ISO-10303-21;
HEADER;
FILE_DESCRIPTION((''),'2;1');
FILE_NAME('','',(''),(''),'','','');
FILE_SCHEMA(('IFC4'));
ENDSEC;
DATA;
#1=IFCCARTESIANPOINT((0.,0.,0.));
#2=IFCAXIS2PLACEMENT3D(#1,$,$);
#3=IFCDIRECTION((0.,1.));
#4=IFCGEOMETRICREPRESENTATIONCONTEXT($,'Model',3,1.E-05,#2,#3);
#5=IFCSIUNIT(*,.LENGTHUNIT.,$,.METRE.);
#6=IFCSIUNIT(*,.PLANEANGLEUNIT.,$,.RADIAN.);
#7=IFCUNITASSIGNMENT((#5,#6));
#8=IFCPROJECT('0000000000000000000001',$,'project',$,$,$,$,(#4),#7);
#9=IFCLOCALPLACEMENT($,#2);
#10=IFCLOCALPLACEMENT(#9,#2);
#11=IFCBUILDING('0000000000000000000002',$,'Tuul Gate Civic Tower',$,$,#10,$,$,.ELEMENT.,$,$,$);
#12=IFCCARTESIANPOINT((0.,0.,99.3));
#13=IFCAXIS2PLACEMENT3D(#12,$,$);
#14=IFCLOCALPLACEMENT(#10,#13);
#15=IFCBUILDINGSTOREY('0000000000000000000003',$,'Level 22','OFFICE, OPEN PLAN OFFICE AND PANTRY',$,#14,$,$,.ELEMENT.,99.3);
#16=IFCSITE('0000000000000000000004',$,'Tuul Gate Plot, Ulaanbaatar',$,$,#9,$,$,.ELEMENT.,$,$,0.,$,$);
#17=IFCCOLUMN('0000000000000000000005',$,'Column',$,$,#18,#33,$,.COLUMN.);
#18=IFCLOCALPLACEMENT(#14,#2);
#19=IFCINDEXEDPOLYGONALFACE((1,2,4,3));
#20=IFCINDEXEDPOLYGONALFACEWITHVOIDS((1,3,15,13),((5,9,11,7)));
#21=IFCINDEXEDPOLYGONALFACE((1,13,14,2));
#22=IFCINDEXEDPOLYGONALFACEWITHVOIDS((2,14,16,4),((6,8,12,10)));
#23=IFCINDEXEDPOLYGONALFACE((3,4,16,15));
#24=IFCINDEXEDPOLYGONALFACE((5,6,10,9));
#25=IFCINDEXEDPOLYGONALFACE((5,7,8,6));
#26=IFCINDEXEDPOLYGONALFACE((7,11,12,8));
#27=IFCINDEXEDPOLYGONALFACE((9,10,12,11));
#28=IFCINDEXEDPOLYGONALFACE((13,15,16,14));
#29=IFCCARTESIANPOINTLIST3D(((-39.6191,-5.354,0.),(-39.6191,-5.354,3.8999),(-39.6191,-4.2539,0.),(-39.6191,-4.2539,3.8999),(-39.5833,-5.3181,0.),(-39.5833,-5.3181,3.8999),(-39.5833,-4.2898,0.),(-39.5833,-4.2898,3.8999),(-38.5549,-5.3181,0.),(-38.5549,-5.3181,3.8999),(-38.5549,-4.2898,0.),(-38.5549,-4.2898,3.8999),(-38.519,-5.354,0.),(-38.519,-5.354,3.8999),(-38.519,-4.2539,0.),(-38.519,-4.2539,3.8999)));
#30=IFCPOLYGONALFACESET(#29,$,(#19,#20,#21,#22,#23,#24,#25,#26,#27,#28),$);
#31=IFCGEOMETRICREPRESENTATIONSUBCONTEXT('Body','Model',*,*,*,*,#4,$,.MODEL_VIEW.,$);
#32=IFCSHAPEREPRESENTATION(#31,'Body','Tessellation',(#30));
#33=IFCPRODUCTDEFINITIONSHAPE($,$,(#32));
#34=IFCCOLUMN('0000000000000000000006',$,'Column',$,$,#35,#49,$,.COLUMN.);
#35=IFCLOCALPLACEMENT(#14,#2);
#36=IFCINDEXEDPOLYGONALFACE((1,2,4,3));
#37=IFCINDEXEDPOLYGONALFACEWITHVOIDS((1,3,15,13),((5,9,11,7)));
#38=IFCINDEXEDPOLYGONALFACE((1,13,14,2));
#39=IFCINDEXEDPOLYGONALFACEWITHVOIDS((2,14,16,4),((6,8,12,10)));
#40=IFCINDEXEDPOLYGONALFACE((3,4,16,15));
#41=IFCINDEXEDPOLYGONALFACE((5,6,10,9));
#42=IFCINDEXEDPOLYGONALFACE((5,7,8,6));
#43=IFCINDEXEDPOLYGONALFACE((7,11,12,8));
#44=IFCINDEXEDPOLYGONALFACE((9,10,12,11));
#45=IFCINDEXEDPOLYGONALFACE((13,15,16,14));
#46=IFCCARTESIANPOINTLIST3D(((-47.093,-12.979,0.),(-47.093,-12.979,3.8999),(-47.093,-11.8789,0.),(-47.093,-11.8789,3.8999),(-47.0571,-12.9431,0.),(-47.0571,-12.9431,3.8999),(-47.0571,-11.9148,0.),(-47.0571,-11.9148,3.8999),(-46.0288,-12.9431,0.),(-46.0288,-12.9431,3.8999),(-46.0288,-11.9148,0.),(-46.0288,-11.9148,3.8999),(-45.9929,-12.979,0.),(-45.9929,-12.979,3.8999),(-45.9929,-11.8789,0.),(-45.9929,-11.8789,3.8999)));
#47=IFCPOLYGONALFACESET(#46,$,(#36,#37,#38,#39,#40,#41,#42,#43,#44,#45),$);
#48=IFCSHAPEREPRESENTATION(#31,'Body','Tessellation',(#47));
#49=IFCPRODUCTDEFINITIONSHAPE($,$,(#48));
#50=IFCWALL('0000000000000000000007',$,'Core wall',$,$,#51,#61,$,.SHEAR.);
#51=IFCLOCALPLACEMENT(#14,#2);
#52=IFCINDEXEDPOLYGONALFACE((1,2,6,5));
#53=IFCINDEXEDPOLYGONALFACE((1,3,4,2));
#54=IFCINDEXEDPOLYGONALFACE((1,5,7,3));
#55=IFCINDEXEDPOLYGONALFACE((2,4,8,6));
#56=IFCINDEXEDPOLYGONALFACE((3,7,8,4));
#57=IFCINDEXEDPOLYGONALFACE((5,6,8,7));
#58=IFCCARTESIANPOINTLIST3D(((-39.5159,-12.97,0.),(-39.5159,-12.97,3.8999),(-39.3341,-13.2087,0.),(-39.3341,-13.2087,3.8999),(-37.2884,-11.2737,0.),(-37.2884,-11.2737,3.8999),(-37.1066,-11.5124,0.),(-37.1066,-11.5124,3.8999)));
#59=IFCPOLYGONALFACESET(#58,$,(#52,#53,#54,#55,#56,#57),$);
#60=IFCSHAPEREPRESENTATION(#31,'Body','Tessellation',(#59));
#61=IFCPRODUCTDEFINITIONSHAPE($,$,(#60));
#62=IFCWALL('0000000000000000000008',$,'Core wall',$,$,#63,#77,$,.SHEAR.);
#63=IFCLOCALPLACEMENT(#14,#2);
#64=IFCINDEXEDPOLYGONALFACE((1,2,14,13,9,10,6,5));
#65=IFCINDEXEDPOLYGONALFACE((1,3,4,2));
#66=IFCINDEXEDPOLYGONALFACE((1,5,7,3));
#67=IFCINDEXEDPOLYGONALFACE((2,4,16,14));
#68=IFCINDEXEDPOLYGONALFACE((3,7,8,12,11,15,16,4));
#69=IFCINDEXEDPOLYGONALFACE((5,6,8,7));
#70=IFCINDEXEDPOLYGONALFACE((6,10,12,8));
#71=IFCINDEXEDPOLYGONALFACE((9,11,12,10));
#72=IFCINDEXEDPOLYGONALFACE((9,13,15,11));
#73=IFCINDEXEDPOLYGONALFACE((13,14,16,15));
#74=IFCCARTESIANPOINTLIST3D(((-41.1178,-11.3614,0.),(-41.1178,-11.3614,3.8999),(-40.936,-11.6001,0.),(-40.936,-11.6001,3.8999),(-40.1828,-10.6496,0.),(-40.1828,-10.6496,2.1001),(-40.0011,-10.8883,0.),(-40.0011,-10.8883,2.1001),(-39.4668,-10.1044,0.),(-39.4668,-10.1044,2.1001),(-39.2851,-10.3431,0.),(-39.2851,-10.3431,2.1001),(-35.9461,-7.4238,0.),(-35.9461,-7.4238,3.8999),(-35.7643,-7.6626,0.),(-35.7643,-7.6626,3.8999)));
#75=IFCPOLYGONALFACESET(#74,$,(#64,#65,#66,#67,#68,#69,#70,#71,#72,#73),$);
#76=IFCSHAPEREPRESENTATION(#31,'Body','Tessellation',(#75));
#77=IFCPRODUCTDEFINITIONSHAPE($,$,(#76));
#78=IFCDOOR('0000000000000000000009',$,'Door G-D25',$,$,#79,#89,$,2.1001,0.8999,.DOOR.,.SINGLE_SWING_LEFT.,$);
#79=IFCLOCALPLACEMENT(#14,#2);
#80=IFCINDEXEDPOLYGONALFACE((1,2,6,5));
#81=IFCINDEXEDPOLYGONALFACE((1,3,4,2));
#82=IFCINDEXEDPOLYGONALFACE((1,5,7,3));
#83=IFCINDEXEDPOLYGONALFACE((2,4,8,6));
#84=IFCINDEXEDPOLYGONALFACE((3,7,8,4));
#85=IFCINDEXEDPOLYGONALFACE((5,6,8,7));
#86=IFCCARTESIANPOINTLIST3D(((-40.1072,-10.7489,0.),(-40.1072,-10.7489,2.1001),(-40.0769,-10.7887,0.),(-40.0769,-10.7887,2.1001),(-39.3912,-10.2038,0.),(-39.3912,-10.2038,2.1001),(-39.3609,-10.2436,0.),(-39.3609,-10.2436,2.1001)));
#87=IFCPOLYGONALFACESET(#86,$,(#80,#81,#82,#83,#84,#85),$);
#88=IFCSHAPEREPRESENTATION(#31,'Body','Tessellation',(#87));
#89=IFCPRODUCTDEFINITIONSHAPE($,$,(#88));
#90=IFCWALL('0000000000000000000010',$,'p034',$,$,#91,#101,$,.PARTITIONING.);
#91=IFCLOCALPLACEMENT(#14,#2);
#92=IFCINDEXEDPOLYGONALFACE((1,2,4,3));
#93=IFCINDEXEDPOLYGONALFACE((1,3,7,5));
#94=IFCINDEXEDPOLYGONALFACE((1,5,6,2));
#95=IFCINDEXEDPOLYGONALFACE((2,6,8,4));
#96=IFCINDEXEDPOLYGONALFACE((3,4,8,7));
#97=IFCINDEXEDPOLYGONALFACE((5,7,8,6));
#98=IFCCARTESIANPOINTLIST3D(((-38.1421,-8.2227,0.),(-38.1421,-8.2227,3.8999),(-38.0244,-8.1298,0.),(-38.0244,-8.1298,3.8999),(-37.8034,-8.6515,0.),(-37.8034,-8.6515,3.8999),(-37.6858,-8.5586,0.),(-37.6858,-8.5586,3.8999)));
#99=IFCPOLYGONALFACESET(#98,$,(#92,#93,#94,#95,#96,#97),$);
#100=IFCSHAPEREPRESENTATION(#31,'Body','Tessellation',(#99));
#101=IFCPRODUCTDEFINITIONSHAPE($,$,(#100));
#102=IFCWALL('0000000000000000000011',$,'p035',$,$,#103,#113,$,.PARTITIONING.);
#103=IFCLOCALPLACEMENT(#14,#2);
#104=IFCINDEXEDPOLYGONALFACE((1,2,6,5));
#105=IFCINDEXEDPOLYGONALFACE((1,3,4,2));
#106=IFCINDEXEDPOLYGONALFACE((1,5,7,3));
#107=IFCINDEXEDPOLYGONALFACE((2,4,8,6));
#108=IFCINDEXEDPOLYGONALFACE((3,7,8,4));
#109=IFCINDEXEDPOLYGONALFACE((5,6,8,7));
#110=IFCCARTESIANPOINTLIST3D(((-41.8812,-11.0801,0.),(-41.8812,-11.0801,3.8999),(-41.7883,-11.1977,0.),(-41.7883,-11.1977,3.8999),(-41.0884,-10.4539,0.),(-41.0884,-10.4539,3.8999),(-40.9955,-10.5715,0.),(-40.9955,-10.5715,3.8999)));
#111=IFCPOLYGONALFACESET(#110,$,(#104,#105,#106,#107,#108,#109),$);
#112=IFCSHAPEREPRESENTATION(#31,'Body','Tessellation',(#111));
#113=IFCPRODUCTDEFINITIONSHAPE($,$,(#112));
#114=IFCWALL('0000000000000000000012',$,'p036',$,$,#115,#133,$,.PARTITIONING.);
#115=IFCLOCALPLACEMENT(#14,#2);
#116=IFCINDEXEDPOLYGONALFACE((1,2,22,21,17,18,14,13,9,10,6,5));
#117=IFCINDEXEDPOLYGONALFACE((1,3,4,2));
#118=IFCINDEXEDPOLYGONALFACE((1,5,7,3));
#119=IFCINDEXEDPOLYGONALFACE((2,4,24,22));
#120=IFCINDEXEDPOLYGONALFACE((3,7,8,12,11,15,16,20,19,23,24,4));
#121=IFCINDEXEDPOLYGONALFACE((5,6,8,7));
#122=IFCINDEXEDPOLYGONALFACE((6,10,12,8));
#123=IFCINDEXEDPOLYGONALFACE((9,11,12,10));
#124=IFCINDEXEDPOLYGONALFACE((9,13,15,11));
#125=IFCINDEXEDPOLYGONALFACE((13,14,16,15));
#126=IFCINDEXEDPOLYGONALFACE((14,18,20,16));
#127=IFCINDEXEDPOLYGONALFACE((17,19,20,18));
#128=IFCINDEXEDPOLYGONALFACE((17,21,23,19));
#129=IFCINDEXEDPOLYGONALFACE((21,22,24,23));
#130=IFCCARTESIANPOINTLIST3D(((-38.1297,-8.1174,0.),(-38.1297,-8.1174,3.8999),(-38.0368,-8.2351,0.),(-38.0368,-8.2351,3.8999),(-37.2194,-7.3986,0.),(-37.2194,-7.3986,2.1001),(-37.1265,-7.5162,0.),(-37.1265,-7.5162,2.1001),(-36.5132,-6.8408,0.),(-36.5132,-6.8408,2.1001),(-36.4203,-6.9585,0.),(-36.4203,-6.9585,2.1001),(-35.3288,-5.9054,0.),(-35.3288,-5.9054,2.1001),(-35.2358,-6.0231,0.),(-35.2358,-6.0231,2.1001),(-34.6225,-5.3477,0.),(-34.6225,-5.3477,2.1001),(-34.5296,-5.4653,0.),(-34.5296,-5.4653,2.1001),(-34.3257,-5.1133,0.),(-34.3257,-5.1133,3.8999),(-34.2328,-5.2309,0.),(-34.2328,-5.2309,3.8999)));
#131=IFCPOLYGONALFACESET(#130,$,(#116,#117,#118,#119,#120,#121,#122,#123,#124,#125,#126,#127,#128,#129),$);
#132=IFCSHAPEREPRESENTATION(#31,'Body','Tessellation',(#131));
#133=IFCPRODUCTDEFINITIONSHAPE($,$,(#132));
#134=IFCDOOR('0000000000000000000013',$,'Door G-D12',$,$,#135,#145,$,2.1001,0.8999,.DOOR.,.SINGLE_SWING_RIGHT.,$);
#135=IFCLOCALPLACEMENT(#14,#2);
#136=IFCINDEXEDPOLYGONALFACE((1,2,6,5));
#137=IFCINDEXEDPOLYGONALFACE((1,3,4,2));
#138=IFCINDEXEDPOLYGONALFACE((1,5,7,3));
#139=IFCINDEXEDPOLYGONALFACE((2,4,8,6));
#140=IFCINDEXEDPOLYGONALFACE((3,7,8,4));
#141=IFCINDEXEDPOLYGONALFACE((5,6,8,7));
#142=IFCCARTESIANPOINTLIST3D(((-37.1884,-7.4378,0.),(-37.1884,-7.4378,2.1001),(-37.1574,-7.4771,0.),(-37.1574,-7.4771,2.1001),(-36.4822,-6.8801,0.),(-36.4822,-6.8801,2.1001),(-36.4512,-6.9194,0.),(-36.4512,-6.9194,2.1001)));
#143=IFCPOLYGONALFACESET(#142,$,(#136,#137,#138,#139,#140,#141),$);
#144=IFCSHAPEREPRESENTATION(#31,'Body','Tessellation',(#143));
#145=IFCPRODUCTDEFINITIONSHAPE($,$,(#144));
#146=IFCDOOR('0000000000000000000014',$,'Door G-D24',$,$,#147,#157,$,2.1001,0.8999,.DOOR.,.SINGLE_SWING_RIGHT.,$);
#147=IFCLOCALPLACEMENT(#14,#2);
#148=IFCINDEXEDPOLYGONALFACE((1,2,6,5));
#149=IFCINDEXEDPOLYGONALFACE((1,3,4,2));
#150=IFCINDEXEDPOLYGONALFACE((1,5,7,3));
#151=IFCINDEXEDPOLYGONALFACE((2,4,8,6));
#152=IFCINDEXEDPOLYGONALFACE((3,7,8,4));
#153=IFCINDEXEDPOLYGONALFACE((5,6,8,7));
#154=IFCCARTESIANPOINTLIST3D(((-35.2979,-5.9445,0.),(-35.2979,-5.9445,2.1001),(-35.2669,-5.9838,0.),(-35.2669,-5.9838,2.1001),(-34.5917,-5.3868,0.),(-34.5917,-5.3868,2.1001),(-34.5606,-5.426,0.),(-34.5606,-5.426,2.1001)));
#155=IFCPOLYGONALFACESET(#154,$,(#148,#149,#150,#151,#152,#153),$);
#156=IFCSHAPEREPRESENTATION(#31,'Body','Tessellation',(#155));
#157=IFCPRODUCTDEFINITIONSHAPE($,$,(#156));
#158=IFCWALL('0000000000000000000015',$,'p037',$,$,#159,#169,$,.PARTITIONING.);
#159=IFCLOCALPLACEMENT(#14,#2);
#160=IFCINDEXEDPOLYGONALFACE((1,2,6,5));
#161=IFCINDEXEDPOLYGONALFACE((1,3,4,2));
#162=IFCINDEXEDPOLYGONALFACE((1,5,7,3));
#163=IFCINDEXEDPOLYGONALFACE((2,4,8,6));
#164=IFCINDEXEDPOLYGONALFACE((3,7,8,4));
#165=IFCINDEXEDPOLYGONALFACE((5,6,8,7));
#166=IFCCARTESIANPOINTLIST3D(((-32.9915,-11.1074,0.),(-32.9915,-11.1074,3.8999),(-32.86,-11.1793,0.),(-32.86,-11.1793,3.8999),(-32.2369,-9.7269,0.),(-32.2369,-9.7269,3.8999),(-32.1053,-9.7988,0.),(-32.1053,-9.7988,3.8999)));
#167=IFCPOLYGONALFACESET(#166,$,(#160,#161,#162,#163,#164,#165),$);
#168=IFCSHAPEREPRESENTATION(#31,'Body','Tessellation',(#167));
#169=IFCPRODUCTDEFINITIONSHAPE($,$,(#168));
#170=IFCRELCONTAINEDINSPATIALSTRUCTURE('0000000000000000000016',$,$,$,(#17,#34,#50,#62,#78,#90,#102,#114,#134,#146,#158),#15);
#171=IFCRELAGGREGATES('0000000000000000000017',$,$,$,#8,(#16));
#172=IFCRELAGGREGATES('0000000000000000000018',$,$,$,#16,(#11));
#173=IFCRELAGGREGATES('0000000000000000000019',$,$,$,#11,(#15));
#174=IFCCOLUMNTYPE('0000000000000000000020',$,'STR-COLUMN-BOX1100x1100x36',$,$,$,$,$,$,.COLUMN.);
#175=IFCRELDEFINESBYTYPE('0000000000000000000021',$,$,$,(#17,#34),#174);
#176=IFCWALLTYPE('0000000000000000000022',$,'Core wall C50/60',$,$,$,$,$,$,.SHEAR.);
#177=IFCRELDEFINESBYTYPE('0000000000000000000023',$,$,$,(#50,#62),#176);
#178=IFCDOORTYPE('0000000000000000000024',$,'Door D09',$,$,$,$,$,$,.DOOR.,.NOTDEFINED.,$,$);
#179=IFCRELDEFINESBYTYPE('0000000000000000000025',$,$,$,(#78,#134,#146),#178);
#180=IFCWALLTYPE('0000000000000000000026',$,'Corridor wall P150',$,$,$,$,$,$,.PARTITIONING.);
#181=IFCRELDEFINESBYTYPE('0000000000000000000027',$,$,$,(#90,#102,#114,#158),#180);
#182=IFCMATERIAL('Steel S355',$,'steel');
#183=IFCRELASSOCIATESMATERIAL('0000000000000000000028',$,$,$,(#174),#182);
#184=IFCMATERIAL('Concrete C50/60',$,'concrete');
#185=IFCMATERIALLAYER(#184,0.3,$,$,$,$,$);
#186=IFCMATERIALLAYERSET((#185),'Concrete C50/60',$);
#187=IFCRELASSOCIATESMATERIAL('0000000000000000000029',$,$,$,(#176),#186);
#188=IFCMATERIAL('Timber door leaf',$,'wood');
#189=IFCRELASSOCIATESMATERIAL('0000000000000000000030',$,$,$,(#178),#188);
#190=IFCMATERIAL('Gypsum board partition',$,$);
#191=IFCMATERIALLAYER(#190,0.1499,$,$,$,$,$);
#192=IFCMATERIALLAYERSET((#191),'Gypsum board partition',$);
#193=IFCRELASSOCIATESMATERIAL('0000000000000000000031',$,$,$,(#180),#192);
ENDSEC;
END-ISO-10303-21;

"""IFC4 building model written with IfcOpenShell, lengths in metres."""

from ifc_helpers import new_model, si_unit, direction, frame, frame_2d, origin, origin_2d, place, context, subcontext, project, spatial, rectangle, hollow_rectangle, extrude, material, layer, layer_set, material_profile, profile_set, type_object, element, fill, save


model = new_model("IFC4")

# Units and contexts
model_context = context("Model", 3, precision=1e-05, world=origin(), true_north=direction((0.0, 1.0)))
body_context = subcontext(model_context, "Body", "Model", "MODEL_VIEW")
ifc_project = project(units=[si_unit("LENGTHUNIT", "METRE"), si_unit("PLANEANGLEUNIT", "RADIAN")], contexts=[model_context])

# Site, building, storey
site_placement = place(None, origin())
site = spatial("IfcSite", under=ifc_project, at=site_placement, Name="Tuul Gate Plot, Ulaanbaatar", CompositionType="ELEMENT", RefElevation=0.0)
building_placement = place(site_placement, origin())
building = spatial("IfcBuilding", under=site, at=building_placement, Name="Tuul Gate Civic Tower", CompositionType="ELEMENT")
storey_placement = place(building_placement, frame((0.0, 0.0, 99.3)))
storey = spatial("IfcBuildingStorey", under=building, at=storey_placement, Name="Level 22", Description="OFFICE, OPEN PLAN OFFICE AND PANTRY", CompositionType="ELEMENT", Elevation=99.3)

# Columns
ifc_material_1 = material(Name="Steel S355", Category="steel")
ifc_material_profile_1 = material_profile(ifc_material_1, hollow_rectangle(XDim=1.1001, YDim=1.1001, WallThickness=0.0359, at=origin_2d()), Name="BOX1100x1100x36")
ifc_profile_set_1 = profile_set([ifc_material_profile_1], Name="Steel S355")
column_type = type_object("IfcColumnType", Name="STR-COLUMN-BOX1100x1100x36", PredefinedType="COLUMN", material=ifc_profile_set_1)
for number, where, z_axis, x_axis, name in (
    (1, (-39.0691, -4.804, 0.0), (0.0, 0.0, 1.0), (1.0, 0.0, 0.0), "Column"),
    (2, (-46.543, -12.429, 0.0), (0.0, 0.0, 1.0), (1.0, 0.0, 0.0), "Column"),
):
    element("IfcColumn", number, at=place(storey_placement, frame(where, z_axis=z_axis, x_axis=x_axis)), inside=storey, type_object=column_type, Name=name, PredefinedType="COLUMN", context=body_context, shape_type="SweptSolid", body=[
        extrude(hollow_rectangle(XDim=1.1001, YDim=1.1001, WallThickness=0.0359, at=origin_2d()), origin(), (0.0, 0.0, 1.0), 3.8999),
    ])

# Wall
ifc_material_2 = material(Name="Concrete C50/60", Category="concrete")
ifc_layer_1 = layer(ifc_material_2, 0.3)
ifc_layer_set_1 = layer_set([ifc_layer_1], Name="Concrete C50/60")
wall_type_1 = type_object("IfcWallType", Name="Core wall C50/60", PredefinedType="SHEAR", material=ifc_layer_set_1)
wall_1_placement = place(storey_placement, frame((-37.1975, -11.3931, 0.0), z_axis=(0.0, 0.0, 1.0), x_axis=(-0.795584, -0.605844, 0.0)))
element("IfcWall", 3, at=wall_1_placement, inside=storey, type_object=wall_type_1, Name="Core wall", PredefinedType="SHEAR", context=body_context, shape_type="SweptSolid", body=[
    extrude(rectangle(XDim=2.7998, YDim=0.3, at=frame_2d((1.3999, 0.0))), origin(), (0.0, 0.0, 1.0), 3.8999),
])

# Wall, opening, door
wall_2_placement = place(storey_placement, frame((-35.8552, -7.5432, 0.0), z_axis=(0.0, 0.0, 1.0), x_axis=(-0.795639, -0.605772, 0.0)))
wall_2 = element("IfcWall", 4, at=wall_2_placement, inside=storey, type_object=wall_type_1, Name="Core wall", PredefinedType="SHEAR", context=body_context, shape_type="SweptSolid", body=[
    extrude(rectangle(XDim=6.5, YDim=0.3, at=frame_2d((3.25, 0.0))), origin(), (0.0, 0.0, 1.0), 3.8999),
])
opening_1_placement = place(wall_2_placement, frame((4.425, 0.0, 0.0)))
opening_1 = element("IfcOpeningElement", 5, at=opening_1_placement, cuts=wall_2, PredefinedType="OPENING", context=body_context, shape_type="SweptSolid", body=[
    extrude(rectangle(XDim=0.8999, YDim=2.1001, at=frame_2d((0.45, 1.05))), frame((0.0, 0.1602, 0.0), z_axis=(0.0, -1.0, 0.0), x_axis=(1.0, 0.0, 0.0)), (0.0, 0.0, 1.0), 0.3201),
])
ifc_material_3 = material(Name="Timber door leaf", Category="wood")
door_type = type_object("IfcDoorType", Name="Door D09", OperationType="NOTDEFINED", PredefinedType="DOOR", material=ifc_material_3)
door_1_placement = place(opening_1_placement, origin())
door_1 = element("IfcDoor", 6, at=door_1_placement, inside=storey, type_object=door_type, Name="Door G-D25", OperationType="SINGLE_SWING_LEFT", OverallHeight=2.1001, OverallWidth=0.8999, PredefinedType="DOOR", context=body_context, shape_type="SweptSolid", body=[
    extrude(rectangle(XDim=0.8999, YDim=2.1001, at=frame_2d((0.45, 1.05))), frame((0.0, 0.0249, 0.0), z_axis=(0.0, -1.0, 0.0), x_axis=(1.0, 0.0, 0.0)), (0.0, 0.0, 1.0), 0.05),
])
fill(opening_1, door_1)

# Walls
ifc_material_4 = material(Name="Gypsum board partition")
ifc_layer_2 = layer(ifc_material_4, 0.1499)
ifc_layer_set_2 = layer_set([ifc_layer_2], Name="Gypsum board partition")
wall_type_2 = type_object("IfcWallType", Name="Corridor wall P150", PredefinedType="PARTITIONING", material=ifc_layer_set_2)
wall_3_placement = place(storey_placement, frame((-38.0833, -8.1763, 0.0), z_axis=(0.0, 0.0, 1.0), x_axis=(0.619833, -0.784734, 0.0)))
element("IfcWall", 7, at=wall_3_placement, inside=storey, type_object=wall_type_2, Name="p034", PredefinedType="PARTITIONING", context=body_context, shape_type="SweptSolid", body=[
    extrude(rectangle(XDim=0.5464, YDim=0.1499, at=frame_2d((0.2732, 0.0))), origin(), (0.0, 0.0, 1.0), 3.8999),
])
wall_4_placement = place(storey_placement, frame((-41.8347, -11.1389, 0.0), z_axis=(0.0, 0.0, 1.0), x_axis=(0.784697, 0.619879, 0.0)))
element("IfcWall", 8, at=wall_4_placement, inside=storey, type_object=wall_type_2, Name="p035", PredefinedType="PARTITIONING", context=body_context, shape_type="SweptSolid", body=[
    extrude(rectangle(XDim=1.0103, YDim=0.1499, at=frame_2d((0.5051, 0.0))), origin(), (0.0, 0.0, 1.0), 3.8999),
])

# Wall, openings, doors
wall_5_placement = place(storey_placement, frame((-38.0833, -8.1763, 0.0), z_axis=(0.0, 0.0, 1.0), x_axis=(0.78478, 0.619775, 0.0)))
wall_5 = element("IfcWall", 9, at=wall_5_placement, inside=storey, type_object=wall_type_2, Name="p036", PredefinedType="PARTITIONING", context=body_context, shape_type="SweptSolid", body=[
    extrude(rectangle(XDim=4.8472, YDim=0.1499, at=frame_2d((2.4236, 0.0))), origin(), (0.0, 0.0, 1.0), 3.8999),
])
opening_2_placement = place(wall_5_placement, frame((1.1599, 0.0, 0.0)))
opening_2 = element("IfcOpeningElement", 10, at=opening_2_placement, cuts=wall_5, PredefinedType="OPENING", context=body_context, shape_type="SweptSolid", body=[
    extrude(rectangle(XDim=0.8999, YDim=2.1001, at=frame_2d((0.45, 1.05))), frame((0.0, 0.085, 0.0), z_axis=(0.0, -1.0, 0.0), x_axis=(1.0, 0.0, 0.0)), (0.0, 0.0, 1.0), 0.1699),
])
opening_3_placement = place(wall_5_placement, frame((3.5691, 0.0, 0.0)))
opening_3 = element("IfcOpeningElement", 11, at=opening_3_placement, cuts=wall_5, PredefinedType="OPENING", context=body_context, shape_type="SweptSolid", body=[
    extrude(rectangle(XDim=0.8999, YDim=2.1001, at=frame_2d((0.45, 1.05))), frame((0.0, 0.085, 0.0), z_axis=(0.0, -1.0, 0.0), x_axis=(1.0, 0.0, 0.0)), (0.0, 0.0, 1.0), 0.1699),
])
door_2_placement = place(opening_2_placement, origin())
door_2 = element("IfcDoor", 12, at=door_2_placement, inside=storey, type_object=door_type, Name="Door G-D12", OperationType="SINGLE_SWING_RIGHT", OverallHeight=2.1001, OverallWidth=0.8999, PredefinedType="DOOR", context=body_context, shape_type="SweptSolid", body=[
    extrude(rectangle(XDim=0.8999, YDim=2.1001, at=frame_2d((0.45, 1.05))), frame((0.0, 0.0249, 0.0), z_axis=(0.0, -1.0, 0.0), x_axis=(1.0, 0.0, 0.0)), (0.0, 0.0, 1.0), 0.05),
])
fill(opening_2, door_2)
door_3_placement = place(opening_3_placement, frame((0.8999, 0.0, 0.0), z_axis=(0.0, 0.0, 1.0), x_axis=(-1.0, 0.0, 0.0)))
door_3 = element("IfcDoor", 13, at=door_3_placement, inside=storey, type_object=door_type, Name="Door G-D24", OperationType="SINGLE_SWING_RIGHT", OverallHeight=2.1001, OverallWidth=0.8999, PredefinedType="DOOR", context=body_context, shape_type="SweptSolid", body=[
    extrude(rectangle(XDim=0.8999, YDim=2.1001, at=frame_2d((0.45, 1.05))), frame((0.0, 0.0249, 0.0), z_axis=(0.0, -1.0, 0.0), x_axis=(1.0, 0.0, 0.0)), (0.0, 0.0, 1.0), 0.05),
])
fill(opening_3, door_3)

# Wall
wall_6_placement = place(storey_placement, frame((-32.9258, -11.1433, 0.0), z_axis=(0.0, 0.0, 1.0), x_axis=(0.479689, 0.877439, 0.0)))
element("IfcWall", 14, at=wall_6_placement, inside=storey, type_object=wall_type_2, Name="p037", PredefinedType="PARTITIONING", context=body_context, shape_type="SweptSolid", body=[
    extrude(rectangle(XDim=1.5732, YDim=0.1499, at=frame_2d((0.7866, 0.0))), origin(), (0.0, 0.0, 1.0), 3.8999),
])

save(model, "model.ifc")
